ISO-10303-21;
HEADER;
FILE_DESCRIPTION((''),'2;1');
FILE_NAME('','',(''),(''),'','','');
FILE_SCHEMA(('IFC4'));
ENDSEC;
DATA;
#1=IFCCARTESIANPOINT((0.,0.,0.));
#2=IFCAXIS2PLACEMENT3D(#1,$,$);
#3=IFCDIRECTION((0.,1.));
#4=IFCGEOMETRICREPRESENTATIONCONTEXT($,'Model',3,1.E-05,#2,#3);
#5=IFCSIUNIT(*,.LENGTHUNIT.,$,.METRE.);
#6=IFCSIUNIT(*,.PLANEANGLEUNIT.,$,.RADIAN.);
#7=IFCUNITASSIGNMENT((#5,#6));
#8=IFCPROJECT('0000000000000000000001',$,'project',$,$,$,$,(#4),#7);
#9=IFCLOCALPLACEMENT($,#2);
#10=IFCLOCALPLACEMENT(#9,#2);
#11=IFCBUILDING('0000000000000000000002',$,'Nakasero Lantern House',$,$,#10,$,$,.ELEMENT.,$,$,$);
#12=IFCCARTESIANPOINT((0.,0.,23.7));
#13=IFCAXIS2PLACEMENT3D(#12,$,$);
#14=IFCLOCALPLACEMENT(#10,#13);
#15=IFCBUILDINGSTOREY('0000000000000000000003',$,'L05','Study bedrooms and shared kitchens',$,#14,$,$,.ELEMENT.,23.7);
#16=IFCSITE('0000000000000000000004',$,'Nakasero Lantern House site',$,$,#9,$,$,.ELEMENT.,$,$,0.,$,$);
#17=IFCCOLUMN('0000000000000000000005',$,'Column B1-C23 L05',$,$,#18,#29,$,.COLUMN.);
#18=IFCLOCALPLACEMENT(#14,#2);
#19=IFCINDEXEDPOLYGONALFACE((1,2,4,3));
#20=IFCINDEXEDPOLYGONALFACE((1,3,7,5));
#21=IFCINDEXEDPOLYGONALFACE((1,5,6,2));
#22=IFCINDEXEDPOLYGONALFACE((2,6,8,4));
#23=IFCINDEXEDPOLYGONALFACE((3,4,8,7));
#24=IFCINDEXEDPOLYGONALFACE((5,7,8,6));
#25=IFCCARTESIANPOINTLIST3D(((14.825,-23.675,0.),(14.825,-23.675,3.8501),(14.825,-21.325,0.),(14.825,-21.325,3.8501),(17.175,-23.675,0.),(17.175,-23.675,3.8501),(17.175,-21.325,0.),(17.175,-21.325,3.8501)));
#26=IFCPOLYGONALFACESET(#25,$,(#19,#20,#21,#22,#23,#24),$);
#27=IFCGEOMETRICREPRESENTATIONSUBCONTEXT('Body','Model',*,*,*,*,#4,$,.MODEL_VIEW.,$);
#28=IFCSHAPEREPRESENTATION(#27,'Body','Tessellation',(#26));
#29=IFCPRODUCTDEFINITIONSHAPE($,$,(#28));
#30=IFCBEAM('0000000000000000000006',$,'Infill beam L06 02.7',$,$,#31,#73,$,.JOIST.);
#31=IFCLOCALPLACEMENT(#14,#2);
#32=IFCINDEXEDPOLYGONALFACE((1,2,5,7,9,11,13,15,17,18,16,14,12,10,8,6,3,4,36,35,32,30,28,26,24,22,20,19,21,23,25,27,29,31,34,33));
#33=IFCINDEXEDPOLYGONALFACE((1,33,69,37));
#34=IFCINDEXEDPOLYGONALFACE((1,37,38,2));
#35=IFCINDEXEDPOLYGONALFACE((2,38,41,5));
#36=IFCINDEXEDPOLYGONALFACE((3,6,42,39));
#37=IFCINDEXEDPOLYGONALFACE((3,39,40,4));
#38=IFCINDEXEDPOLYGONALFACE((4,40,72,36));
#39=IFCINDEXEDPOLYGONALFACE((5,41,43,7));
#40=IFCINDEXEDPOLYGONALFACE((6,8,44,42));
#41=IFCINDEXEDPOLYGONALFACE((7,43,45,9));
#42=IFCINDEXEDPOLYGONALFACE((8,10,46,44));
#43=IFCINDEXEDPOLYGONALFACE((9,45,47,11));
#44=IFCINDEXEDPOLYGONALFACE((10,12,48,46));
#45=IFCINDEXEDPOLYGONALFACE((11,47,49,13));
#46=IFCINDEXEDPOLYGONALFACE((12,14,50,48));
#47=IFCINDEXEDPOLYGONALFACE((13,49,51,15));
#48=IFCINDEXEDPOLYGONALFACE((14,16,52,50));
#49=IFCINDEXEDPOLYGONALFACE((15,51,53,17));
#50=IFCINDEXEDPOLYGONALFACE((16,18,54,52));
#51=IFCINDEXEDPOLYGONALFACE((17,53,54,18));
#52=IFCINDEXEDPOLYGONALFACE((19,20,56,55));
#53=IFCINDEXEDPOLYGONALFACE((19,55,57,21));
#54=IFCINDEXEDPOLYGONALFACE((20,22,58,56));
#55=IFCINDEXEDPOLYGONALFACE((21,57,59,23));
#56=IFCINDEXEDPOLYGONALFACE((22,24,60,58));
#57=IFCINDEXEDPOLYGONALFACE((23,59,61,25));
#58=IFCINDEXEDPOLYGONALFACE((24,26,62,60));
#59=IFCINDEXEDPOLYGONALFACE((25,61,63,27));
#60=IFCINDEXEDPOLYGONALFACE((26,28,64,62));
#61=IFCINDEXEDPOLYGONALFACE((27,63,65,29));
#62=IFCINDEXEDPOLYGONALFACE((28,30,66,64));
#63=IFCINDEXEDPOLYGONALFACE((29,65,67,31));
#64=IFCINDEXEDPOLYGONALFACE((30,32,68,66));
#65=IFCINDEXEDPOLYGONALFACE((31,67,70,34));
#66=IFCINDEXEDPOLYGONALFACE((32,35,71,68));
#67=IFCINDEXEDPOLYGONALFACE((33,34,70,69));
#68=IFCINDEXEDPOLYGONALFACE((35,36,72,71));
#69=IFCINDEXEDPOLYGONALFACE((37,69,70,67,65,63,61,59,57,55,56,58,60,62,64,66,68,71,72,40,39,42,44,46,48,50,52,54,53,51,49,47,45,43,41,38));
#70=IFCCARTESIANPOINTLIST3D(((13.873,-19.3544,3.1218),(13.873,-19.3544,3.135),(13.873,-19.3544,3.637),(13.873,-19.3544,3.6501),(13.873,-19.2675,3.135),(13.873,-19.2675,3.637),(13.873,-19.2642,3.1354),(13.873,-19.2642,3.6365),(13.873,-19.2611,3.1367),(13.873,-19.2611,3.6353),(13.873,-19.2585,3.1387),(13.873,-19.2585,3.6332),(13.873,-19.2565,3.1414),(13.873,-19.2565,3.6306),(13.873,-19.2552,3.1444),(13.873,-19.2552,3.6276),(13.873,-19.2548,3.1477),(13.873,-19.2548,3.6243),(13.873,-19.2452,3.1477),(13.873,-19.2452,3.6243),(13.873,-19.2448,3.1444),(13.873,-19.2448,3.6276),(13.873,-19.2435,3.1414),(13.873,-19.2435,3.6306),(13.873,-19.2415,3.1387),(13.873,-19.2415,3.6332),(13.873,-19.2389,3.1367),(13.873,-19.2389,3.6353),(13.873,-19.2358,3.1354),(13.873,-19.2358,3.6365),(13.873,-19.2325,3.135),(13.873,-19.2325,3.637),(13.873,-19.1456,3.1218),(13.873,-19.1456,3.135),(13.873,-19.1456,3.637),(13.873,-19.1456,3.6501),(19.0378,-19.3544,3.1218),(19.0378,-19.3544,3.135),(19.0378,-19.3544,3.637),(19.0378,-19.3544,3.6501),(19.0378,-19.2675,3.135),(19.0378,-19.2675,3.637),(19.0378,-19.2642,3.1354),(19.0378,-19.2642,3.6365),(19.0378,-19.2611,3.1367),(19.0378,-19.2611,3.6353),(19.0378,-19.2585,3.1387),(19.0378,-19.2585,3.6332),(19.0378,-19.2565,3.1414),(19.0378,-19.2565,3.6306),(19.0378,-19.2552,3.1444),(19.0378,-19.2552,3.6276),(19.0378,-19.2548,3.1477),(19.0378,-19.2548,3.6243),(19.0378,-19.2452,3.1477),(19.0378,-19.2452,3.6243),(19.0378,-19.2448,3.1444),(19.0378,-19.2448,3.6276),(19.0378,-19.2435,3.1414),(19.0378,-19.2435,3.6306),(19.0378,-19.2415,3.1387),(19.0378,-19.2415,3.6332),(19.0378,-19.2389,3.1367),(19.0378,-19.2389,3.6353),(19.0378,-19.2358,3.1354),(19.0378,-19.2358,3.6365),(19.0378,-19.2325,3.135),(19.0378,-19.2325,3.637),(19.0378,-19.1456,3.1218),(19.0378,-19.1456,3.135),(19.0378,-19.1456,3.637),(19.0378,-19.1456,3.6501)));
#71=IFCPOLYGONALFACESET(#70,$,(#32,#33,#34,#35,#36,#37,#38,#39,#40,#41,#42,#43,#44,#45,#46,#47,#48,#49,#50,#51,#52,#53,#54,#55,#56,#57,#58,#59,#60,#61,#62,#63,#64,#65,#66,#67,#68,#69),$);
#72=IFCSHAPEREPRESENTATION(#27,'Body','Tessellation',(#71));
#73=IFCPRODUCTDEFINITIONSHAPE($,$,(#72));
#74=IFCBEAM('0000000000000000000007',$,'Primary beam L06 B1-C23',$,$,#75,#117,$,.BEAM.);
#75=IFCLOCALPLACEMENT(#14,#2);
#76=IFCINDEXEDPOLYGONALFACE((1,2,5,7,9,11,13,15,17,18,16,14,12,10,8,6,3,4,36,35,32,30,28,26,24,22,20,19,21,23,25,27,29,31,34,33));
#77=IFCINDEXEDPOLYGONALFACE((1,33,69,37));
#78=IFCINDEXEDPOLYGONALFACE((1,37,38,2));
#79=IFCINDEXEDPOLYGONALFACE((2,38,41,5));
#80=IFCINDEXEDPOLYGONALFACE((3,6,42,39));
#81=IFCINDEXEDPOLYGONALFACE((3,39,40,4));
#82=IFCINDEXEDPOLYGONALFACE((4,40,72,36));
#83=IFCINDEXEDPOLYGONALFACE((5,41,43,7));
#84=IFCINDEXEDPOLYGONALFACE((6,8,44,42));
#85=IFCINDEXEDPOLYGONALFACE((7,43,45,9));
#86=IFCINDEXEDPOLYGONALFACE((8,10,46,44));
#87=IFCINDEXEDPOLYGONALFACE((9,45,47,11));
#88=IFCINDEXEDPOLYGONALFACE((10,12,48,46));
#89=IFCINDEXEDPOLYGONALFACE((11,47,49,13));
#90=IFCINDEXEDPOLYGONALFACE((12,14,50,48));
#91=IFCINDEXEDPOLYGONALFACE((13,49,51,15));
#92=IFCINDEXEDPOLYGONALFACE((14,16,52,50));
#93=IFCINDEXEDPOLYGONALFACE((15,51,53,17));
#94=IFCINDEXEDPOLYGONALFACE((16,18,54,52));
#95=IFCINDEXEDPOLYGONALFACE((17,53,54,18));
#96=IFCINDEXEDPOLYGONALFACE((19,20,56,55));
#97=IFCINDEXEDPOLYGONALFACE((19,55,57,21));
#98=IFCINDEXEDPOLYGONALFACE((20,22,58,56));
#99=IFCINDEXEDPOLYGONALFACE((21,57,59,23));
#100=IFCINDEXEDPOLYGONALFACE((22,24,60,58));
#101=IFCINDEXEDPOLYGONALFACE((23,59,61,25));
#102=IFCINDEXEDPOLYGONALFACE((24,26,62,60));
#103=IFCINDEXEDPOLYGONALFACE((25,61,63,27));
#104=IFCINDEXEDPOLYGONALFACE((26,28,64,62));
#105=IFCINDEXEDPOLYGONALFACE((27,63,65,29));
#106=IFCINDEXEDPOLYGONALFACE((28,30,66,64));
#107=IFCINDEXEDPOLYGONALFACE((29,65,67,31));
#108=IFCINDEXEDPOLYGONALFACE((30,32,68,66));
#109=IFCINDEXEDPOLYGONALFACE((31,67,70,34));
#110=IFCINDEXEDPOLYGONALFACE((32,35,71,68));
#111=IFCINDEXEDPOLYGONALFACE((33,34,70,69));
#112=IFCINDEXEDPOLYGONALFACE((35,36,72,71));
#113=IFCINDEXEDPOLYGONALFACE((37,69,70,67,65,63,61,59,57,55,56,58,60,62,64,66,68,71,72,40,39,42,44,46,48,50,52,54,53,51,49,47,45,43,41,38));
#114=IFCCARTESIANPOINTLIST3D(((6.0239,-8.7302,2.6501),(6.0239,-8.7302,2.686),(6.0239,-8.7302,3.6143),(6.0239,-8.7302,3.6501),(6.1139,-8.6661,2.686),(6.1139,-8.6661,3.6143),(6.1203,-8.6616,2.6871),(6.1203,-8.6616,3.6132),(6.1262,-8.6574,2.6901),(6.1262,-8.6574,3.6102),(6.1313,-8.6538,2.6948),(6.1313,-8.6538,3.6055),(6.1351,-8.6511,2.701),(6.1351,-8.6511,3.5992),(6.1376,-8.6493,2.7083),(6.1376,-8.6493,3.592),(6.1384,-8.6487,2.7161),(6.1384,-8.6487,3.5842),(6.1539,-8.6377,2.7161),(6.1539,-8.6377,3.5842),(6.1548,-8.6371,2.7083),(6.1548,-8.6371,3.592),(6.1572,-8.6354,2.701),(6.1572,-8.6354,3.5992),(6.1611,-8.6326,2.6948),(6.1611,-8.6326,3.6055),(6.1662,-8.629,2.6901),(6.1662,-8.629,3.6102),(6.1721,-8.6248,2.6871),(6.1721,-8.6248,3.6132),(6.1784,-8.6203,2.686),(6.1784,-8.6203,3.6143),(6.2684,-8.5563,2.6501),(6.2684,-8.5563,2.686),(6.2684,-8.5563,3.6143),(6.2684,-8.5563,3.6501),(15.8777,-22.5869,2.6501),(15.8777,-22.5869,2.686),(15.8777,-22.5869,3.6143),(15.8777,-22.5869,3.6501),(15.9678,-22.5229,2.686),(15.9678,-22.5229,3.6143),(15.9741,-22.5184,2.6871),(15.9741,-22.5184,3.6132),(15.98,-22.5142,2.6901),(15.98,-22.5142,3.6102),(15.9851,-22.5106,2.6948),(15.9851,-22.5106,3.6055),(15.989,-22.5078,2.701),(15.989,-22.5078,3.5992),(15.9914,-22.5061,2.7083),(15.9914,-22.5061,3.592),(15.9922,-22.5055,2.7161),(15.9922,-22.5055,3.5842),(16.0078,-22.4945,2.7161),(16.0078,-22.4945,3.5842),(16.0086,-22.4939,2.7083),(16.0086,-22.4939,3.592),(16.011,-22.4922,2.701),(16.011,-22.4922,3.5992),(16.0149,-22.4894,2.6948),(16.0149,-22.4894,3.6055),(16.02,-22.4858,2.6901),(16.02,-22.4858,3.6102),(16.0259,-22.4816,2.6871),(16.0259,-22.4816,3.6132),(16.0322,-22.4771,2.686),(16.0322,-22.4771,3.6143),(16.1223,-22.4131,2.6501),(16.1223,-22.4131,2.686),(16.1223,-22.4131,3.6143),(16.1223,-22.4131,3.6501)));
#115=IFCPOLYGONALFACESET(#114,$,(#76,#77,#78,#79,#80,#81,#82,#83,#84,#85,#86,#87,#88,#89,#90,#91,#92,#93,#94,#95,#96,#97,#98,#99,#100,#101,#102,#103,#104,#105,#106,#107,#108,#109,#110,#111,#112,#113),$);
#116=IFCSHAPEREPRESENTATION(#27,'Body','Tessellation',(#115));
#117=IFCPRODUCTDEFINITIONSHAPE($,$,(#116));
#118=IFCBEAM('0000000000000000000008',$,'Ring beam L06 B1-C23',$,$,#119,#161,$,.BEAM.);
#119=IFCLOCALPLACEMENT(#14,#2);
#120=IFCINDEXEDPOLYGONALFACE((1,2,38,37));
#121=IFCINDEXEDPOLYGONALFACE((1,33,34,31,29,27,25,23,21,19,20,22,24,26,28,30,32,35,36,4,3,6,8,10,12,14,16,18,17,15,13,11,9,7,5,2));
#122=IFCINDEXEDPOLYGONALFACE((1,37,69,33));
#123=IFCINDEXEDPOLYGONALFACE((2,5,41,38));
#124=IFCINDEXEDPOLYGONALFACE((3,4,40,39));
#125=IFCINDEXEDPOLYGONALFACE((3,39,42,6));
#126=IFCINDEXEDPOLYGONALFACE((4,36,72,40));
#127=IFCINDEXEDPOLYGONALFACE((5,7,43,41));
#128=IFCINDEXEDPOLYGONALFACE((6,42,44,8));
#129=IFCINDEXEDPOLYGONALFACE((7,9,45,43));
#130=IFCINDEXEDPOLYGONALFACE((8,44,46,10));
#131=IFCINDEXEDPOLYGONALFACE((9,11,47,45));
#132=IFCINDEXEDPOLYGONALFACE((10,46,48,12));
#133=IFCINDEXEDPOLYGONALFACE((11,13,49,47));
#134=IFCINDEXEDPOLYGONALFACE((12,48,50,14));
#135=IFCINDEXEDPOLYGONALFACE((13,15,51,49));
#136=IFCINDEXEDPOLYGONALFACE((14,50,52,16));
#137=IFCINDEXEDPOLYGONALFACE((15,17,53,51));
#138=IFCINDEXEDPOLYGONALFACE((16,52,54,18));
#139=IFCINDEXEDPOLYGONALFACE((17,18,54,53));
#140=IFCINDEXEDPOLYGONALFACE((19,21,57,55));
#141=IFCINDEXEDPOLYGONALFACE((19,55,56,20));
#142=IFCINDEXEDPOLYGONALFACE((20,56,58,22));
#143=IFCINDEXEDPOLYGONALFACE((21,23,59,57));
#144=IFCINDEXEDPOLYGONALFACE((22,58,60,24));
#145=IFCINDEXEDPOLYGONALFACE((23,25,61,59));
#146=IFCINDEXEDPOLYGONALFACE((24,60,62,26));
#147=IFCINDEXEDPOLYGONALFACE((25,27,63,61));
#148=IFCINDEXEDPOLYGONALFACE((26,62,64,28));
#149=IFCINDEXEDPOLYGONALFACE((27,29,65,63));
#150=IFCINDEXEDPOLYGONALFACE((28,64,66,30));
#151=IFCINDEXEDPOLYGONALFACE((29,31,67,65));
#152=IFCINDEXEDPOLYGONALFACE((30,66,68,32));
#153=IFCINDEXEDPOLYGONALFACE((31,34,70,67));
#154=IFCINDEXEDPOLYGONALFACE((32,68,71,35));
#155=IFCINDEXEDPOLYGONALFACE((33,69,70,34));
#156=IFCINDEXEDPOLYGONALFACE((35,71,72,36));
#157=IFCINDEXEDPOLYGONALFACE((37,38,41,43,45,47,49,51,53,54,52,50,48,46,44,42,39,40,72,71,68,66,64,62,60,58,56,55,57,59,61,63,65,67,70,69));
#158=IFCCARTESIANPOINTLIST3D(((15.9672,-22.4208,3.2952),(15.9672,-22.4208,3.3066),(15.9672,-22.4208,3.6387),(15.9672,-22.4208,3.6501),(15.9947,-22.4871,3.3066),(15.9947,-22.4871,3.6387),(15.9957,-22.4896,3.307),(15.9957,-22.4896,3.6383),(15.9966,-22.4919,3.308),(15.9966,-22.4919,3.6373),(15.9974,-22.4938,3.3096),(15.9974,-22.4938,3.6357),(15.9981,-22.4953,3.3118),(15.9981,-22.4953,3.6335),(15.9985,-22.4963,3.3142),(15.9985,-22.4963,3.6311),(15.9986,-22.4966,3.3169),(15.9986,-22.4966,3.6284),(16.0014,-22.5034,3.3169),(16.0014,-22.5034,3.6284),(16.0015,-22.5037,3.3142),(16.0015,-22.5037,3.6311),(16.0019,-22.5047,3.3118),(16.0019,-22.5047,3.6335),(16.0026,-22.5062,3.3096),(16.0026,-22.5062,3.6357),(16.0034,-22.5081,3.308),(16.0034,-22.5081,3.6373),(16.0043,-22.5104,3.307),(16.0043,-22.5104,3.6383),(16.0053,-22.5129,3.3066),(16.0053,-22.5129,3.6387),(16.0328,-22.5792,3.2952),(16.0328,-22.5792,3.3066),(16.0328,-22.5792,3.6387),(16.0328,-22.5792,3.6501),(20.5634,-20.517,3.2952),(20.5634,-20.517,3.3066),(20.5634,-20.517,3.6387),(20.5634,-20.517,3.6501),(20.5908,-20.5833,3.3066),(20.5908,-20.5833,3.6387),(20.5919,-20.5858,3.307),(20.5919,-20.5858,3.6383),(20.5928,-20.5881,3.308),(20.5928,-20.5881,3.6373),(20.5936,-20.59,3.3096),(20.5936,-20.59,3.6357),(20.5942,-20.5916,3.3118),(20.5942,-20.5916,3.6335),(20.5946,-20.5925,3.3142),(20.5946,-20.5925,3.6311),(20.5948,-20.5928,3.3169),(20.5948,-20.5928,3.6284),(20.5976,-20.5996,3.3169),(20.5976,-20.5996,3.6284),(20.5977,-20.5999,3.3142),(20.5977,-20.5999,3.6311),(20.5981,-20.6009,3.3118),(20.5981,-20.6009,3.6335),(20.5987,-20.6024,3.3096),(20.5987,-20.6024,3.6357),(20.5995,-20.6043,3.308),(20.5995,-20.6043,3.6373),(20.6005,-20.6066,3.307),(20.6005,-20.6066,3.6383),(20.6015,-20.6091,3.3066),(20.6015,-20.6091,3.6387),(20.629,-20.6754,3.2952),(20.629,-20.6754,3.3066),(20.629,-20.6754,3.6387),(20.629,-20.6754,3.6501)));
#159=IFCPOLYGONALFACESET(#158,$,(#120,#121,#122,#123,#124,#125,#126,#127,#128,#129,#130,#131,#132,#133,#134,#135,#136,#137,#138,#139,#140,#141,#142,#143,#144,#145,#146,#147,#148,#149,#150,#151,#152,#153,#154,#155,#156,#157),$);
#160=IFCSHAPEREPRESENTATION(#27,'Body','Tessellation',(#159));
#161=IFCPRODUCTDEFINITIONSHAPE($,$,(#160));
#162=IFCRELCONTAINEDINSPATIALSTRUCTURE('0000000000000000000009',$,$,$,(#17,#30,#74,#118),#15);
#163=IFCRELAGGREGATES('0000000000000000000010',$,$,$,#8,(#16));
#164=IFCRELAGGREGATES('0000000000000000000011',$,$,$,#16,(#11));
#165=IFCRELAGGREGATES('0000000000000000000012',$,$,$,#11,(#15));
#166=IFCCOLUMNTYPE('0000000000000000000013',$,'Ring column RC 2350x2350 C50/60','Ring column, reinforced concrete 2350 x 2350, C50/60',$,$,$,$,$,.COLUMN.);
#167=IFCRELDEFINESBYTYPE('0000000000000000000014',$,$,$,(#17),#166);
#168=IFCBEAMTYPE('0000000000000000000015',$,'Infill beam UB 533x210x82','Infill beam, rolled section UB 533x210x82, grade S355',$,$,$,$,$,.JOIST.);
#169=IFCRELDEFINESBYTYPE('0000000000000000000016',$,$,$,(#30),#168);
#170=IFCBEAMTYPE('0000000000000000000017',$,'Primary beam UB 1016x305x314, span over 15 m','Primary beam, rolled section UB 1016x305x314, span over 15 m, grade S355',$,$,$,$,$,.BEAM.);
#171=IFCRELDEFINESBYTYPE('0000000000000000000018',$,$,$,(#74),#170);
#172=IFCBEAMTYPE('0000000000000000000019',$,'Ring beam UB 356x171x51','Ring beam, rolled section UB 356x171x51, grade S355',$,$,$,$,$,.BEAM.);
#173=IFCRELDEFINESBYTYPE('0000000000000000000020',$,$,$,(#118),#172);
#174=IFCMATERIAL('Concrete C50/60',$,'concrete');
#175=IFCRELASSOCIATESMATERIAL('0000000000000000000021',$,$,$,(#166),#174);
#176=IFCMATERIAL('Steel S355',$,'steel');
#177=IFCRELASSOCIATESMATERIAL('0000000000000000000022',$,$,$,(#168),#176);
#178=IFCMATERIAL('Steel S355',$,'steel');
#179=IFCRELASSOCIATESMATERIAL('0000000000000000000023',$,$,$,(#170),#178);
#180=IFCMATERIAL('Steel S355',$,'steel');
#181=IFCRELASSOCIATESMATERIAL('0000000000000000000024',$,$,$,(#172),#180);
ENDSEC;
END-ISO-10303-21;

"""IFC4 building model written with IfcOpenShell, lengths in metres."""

from ifc_helpers import new_model, si_unit, direction, frame, origin, origin_2d, place, context, subcontext, project, spatial, rectangle, i_section, extrude, material, material_profile, profile_set, type_object, element, save


model = new_model("IFC4")

# Units and contexts
model_context = context("Model", 3, precision=1e-05, world=origin(), true_north=direction((0.0, 1.0)))
body_context = subcontext(model_context, "Body", "Model", "MODEL_VIEW")
ifc_project = project(units=[si_unit("LENGTHUNIT", "METRE"), si_unit("PLANEANGLEUNIT", "RADIAN")], contexts=[model_context])

# Site, building, storey
site_placement = place(None, origin())
site = spatial("IfcSite", under=ifc_project, at=site_placement, Name="Nakasero Lantern House site", CompositionType="ELEMENT", RefElevation=0.0)
building_placement = place(site_placement, origin())
building = spatial("IfcBuilding", under=site, at=building_placement, Name="Nakasero Lantern House", CompositionType="ELEMENT")
storey_placement = place(building_placement, frame((0.0, 0.0, 23.7)))
storey = spatial("IfcBuildingStorey", under=building, at=storey_placement, Name="L05", Description="Study bedrooms and shared kitchens", CompositionType="ELEMENT", Elevation=23.7)

# Column
ifc_material_1 = material(Name="Concrete C50/60", Category="concrete")
ifc_material_profile_1 = material_profile(ifc_material_1, rectangle(XDim=2.3501, YDim=2.3501, at=origin_2d()), Name="RC 2350x2350")
ifc_profile_set_1 = profile_set([ifc_material_profile_1], Name="Concrete C50/60")
column_type = type_object("IfcColumnType", Name="Ring column RC 2350x2350 C50/60", Description="Ring column, reinforced concrete 2350 x 2350, C50/60", PredefinedType="COLUMN", material=ifc_profile_set_1)
column_placement = place(storey_placement, frame((16.0, -22.5, 0.0), z_axis=(0.0, 0.0, 1.0), x_axis=(1.0, 0.0, 0.0)))
element("IfcColumn", 1, at=column_placement, inside=storey, type_object=column_type, Name="Column B1-C23 L05", PredefinedType="COLUMN", context=body_context, shape_type="SweptSolid", body=[
    extrude(rectangle(XDim=2.3501, YDim=2.3501, at=origin_2d()), origin(), (0.0, 0.0, 1.0), 3.8501),
])

# Beams
ifc_material_2 = material(Name="Steel S355", Category="steel")
ifc_material_profile_2 = material_profile(ifc_material_2, i_section(OverallWidth=0.2087, OverallDepth=0.5283, WebThickness=0.0095, FlangeThickness=0.0132, FilletRadius=0.0127, at=origin_2d()), Name="UB 533x210x82")
ifc_profile_set_2 = profile_set([ifc_material_profile_2], Name="Steel S355")
beam_type_1 = type_object("IfcBeamType", Name="Infill beam UB 533x210x82", Description="Infill beam, rolled section UB 533x210x82, grade S355", PredefinedType="JOIST", material=ifc_profile_set_2)
beam_1_placement = place(storey_placement, frame((13.873, -19.25, 3.386), z_axis=(1.0, 0.0, 0.0), x_axis=(0.0, 1.0, 0.0)))
element("IfcBeam", 2, at=beam_1_placement, inside=storey, type_object=beam_type_1, Name="Infill beam L06 02.7", PredefinedType="JOIST", context=body_context, shape_type="SweptSolid", body=[
    extrude(i_section(OverallWidth=0.2087, OverallDepth=0.5283, WebThickness=0.0095, FlangeThickness=0.0132, FilletRadius=0.0127, at=origin_2d()), origin(), (0.0, 0.0, 1.0), 5.1648),
])
ifc_material_3 = material(Name="Steel S355", Category="steel")
ifc_material_profile_3 = material_profile(ifc_material_3, i_section(OverallWidth=0.3, OverallDepth=1.0, WebThickness=0.019, FlangeThickness=0.0359, FilletRadius=0.03, at=origin_2d()), Name="UB 1016x305x314")
ifc_profile_set_3 = profile_set([ifc_material_profile_3], Name="Steel S355")
beam_type_2 = type_object("IfcBeamType", Name="Primary beam UB 1016x305x314, span over 15 m", Description="Primary beam, rolled section UB 1016x305x314, span over 15 m, grade S355", PredefinedType="BEAM", material=ifc_profile_set_3)
beam_2_placement = place(storey_placement, frame((16.0, -22.5, 3.1501), z_axis=(-0.579528, 0.814952, 0.0), x_axis=(-0.814952, -0.579528, 0.0)))
element("IfcBeam", 3, at=beam_2_placement, inside=storey, type_object=beam_type_2, Name="Primary beam L06 B1-C23", PredefinedType="BEAM", context=body_context, shape_type="SweptSolid", body=[
    extrude(i_section(OverallWidth=0.3, OverallDepth=1.0, WebThickness=0.019, FlangeThickness=0.0359, FilletRadius=0.03, at=origin_2d()), origin(), (0.0, 0.0, 1.0), 17.0032),
])
ifc_material_4 = material(Name="Steel S355", Category="steel")
ifc_material_profile_4 = material_profile(ifc_material_4, i_section(OverallWidth=0.1714, OverallDepth=0.355, WebThickness=0.0073, FlangeThickness=0.0115, FilletRadius=0.0103, at=origin_2d()), Name="UB 356x171x51")
ifc_profile_set_4 = profile_set([ifc_material_profile_4], Name="Steel S355")
beam_type_3 = type_object("IfcBeamType", Name="Ring beam UB 356x171x51", Description="Ring beam, rolled section UB 356x171x51, grade S355", PredefinedType="BEAM", material=ifc_profile_set_4)
beam_3_placement = place(storey_placement, frame((16.0, -22.5, 3.4727), z_axis=(0.923879, 0.382684, 0.0), x_axis=(-0.382684, 0.923879, 0.0)))
element("IfcBeam", 4, at=beam_3_placement, inside=storey, type_object=beam_type_3, Name="Ring beam L06 B1-C23", PredefinedType="BEAM", context=body_context, shape_type="SweptSolid", body=[
    extrude(i_section(OverallWidth=0.1714, OverallDepth=0.355, WebThickness=0.0073, FlangeThickness=0.0115, FilletRadius=0.0103, at=origin_2d()), origin(), (0.0, 0.0, 1.0), 4.9749),
])

save(model, "model.ifc")
